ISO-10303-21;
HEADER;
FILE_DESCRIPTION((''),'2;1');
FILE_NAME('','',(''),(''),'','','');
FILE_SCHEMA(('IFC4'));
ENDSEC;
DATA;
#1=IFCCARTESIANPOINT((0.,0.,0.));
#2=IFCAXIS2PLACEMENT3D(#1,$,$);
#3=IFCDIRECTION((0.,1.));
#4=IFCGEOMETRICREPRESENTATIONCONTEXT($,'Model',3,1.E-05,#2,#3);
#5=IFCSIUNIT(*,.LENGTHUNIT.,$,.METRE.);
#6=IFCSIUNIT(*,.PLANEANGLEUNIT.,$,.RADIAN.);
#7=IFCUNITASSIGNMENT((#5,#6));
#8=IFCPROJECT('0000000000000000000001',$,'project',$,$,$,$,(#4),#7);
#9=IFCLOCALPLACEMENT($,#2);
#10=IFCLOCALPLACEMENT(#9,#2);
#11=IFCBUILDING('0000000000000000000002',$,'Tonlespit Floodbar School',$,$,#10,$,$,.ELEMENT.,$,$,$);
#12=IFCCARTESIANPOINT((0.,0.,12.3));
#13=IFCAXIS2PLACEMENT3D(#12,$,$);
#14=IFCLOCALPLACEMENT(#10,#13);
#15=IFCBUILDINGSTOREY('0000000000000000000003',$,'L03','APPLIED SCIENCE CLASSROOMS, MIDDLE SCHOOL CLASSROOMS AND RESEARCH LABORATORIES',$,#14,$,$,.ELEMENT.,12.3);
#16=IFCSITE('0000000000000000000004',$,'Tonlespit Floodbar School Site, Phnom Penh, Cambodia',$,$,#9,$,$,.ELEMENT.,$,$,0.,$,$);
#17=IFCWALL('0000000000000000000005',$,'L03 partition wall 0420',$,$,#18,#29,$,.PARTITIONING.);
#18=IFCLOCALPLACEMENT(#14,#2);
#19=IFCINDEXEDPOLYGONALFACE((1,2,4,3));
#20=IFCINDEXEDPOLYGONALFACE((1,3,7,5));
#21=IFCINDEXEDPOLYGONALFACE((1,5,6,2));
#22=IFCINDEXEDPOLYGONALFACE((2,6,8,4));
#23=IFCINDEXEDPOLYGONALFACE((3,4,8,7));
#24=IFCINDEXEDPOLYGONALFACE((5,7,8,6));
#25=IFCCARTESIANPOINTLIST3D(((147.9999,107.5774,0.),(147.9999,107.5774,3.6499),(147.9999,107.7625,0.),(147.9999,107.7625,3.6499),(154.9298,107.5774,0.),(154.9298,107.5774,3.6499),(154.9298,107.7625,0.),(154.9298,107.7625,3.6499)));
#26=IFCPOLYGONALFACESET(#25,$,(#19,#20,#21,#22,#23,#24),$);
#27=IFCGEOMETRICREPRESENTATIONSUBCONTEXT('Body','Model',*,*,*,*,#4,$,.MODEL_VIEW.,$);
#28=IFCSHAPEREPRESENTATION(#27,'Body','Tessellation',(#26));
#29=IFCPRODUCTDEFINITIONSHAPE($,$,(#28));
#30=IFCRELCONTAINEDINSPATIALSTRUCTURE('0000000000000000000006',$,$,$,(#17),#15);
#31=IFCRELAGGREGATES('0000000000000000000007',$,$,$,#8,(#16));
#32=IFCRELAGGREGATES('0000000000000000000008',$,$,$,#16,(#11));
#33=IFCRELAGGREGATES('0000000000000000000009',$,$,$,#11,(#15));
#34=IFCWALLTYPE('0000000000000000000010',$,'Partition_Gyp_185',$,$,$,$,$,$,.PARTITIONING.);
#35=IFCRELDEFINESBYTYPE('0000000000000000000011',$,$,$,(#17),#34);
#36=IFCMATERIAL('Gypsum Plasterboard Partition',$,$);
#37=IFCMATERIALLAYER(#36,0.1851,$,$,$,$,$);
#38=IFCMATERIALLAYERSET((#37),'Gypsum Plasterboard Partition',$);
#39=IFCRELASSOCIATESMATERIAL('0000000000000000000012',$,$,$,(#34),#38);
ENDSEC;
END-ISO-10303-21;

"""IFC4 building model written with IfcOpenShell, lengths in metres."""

from ifc_helpers import new_model, si_unit, direction, frame, frame_2d, origin, place, context, subcontext, project, spatial, rectangle, extrude, material, layer, layer_set, type_object, element, save


model = new_model("IFC4")

# Units and contexts
model_context = context("Model", 3, precision=1e-05, world=origin(), true_north=direction((0.0, 1.0)))
body_context = subcontext(model_context, "Body", "Model", "MODEL_VIEW")
ifc_project = project(units=[si_unit("LENGTHUNIT", "METRE"), si_unit("PLANEANGLEUNIT", "RADIAN")], contexts=[model_context])

# Site, building, storey
site_placement = place(None, origin())
site = spatial("IfcSite", under=ifc_project, at=site_placement, Name="Tonlespit Floodbar School Site, Phnom Penh, Cambodia", CompositionType="ELEMENT", RefElevation=0.0)
building_placement = place(site_placement, origin())
building = spatial("IfcBuilding", under=site, at=building_placement, Name="Tonlespit Floodbar School", CompositionType="ELEMENT")
storey_placement = place(building_placement, frame((0.0, 0.0, 12.3)))
storey = spatial("IfcBuildingStorey", under=building, at=storey_placement, Name="L03", Description="APPLIED SCIENCE CLASSROOMS, MIDDLE SCHOOL CLASSROOMS AND RESEARCH LABORATORIES", CompositionType="ELEMENT", Elevation=12.3)

# Wall
ifc_material_1 = material(Name="Gypsum Plasterboard Partition")
ifc_layer_1 = layer(ifc_material_1, 0.1851)
ifc_layer_set_1 = layer_set([ifc_layer_1], Name="Gypsum Plasterboard Partition")
wall_type_1 = type_object("IfcWallType", Name="Partition_Gyp_185", PredefinedType="PARTITIONING", material=ifc_layer_set_1)
wall_1_placement = place(storey_placement, frame((148.0, 107.6699, 0.0), z_axis=(0.0, 0.0, 1.0), x_axis=(1.0, 0.0, 0.0)))
element("IfcWall", 1, at=wall_1_placement, inside=storey, type_object=wall_type_1, Name="L03 partition wall 0420", PredefinedType="PARTITIONING", context=body_context, shape_type="SweptSolid", body=[
    extrude(rectangle(XDim=6.9299, YDim=0.1851, at=frame_2d((3.4648, 0.0))), origin(), (0.0, 0.0, 1.0), 3.6499),
])

save(model, "model.ifc")
